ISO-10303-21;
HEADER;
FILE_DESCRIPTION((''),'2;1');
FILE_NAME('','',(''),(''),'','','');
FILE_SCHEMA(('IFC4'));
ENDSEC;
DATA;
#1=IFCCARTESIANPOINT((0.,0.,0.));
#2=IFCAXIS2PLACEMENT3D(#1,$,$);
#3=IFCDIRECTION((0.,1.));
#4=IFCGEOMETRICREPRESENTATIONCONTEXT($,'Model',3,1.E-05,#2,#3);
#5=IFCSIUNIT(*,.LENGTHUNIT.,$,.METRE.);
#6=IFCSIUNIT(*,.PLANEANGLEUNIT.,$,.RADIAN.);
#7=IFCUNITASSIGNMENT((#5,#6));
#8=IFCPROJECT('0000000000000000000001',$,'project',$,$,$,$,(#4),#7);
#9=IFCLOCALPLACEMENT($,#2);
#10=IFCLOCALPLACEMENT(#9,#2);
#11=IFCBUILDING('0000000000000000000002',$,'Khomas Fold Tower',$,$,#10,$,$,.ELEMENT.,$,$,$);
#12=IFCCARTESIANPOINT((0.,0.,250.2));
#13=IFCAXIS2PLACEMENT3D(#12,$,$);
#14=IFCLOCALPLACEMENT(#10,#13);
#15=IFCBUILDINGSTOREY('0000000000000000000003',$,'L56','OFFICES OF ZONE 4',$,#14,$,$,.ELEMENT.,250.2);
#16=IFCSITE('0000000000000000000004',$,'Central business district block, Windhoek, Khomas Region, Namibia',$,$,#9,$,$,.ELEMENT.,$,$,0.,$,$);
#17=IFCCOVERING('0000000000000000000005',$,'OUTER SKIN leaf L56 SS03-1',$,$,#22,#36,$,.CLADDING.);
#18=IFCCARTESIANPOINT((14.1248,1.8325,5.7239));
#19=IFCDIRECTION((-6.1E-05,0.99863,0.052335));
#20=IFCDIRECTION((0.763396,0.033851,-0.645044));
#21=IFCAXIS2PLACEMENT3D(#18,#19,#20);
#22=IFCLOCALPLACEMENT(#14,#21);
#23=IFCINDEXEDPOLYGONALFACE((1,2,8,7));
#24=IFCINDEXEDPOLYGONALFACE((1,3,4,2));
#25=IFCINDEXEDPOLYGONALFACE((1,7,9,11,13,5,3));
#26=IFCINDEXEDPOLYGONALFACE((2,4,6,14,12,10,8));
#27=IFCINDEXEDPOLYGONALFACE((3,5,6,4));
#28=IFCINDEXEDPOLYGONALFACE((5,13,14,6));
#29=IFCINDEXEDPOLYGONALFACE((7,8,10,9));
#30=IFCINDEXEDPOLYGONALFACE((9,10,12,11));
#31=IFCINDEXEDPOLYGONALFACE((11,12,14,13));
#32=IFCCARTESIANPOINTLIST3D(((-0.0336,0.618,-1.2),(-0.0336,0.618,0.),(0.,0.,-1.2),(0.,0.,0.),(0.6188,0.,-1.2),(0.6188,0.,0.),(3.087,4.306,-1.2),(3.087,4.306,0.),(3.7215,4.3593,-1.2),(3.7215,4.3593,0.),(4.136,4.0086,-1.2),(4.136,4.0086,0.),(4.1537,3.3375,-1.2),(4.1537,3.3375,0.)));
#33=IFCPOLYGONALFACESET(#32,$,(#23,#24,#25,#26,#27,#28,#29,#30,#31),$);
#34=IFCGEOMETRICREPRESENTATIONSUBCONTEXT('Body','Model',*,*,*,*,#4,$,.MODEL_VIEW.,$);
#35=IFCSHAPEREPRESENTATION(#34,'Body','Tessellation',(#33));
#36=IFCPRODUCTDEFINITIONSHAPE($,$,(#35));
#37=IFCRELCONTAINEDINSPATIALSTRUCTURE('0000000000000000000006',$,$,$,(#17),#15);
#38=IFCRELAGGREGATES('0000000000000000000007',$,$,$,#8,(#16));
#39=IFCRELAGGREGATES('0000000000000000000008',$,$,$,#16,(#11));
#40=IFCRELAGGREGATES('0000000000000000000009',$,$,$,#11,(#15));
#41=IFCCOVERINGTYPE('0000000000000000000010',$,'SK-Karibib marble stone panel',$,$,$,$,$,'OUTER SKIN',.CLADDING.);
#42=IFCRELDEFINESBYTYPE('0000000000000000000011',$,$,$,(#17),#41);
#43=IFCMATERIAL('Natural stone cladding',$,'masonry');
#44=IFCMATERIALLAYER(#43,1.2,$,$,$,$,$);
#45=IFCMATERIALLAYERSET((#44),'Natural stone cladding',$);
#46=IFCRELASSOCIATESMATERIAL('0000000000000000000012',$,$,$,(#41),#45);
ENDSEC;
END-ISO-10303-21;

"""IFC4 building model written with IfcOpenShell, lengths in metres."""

from ifc_helpers import new_model, si_unit, direction, frame, origin, place, context, subcontext, project, spatial, polyline, outline, extrude, material, layer, layer_set, type_object, element, save


model = new_model("IFC4")

# Units and contexts
model_context = context("Model", 3, precision=1e-05, world=origin(), true_north=direction((0.0, 1.0)))
body_context = subcontext(model_context, "Body", "Model", "MODEL_VIEW")
ifc_project = project(units=[si_unit("LENGTHUNIT", "METRE"), si_unit("PLANEANGLEUNIT", "RADIAN")], contexts=[model_context])

# Site, building, storey
site_placement = place(None, origin())
site = spatial("IfcSite", under=ifc_project, at=site_placement, Name="Central business district block, Windhoek, Khomas Region, Namibia", CompositionType="ELEMENT", RefElevation=0.0)
building_placement = place(site_placement, origin())
building = spatial("IfcBuilding", under=site, at=building_placement, Name="Khomas Fold Tower", CompositionType="ELEMENT")
storey_placement = place(building_placement, frame((0.0, 0.0, 250.2)))
storey = spatial("IfcBuildingStorey", under=building, at=storey_placement, Name="L56", Description="OFFICES OF ZONE 4", CompositionType="ELEMENT", Elevation=250.2)

# Covering
ifc_material_1 = material(Name="Natural stone cladding", Category="masonry")
ifc_layer_1 = layer(ifc_material_1, 1.2)
ifc_layer_set_1 = layer_set([ifc_layer_1], Name="Natural stone cladding")
covering_type = type_object("IfcCoveringType", Name="SK-Karibib marble stone panel", ElementType="OUTER SKIN", PredefinedType="CLADDING", material=ifc_layer_set_1)
covering_placement = place(storey_placement, frame((14.1248, 1.8325, 5.7239), z_axis=(-0.000061, 0.99863, 0.052335), x_axis=(0.763396, 0.033851, -0.645044)))
element("IfcCovering", 1, at=covering_placement, inside=storey, type_object=covering_type, Name="OUTER SKIN leaf L56 SS03-1", PredefinedType="CLADDING", context=body_context, shape_type="SweptSolid", body=[
    extrude(outline(polyline([(0.0, 0.0), (0.6188, 0.0), (4.1537, 3.3375), (4.136, 4.0086), (3.7215, 4.3593), (3.087, 4.306), (-0.0336, 0.618), (0.0, 0.0)])), origin(), (0.0, 0.0, -1.0), 1.2),
])

save(model, "model.ifc")
